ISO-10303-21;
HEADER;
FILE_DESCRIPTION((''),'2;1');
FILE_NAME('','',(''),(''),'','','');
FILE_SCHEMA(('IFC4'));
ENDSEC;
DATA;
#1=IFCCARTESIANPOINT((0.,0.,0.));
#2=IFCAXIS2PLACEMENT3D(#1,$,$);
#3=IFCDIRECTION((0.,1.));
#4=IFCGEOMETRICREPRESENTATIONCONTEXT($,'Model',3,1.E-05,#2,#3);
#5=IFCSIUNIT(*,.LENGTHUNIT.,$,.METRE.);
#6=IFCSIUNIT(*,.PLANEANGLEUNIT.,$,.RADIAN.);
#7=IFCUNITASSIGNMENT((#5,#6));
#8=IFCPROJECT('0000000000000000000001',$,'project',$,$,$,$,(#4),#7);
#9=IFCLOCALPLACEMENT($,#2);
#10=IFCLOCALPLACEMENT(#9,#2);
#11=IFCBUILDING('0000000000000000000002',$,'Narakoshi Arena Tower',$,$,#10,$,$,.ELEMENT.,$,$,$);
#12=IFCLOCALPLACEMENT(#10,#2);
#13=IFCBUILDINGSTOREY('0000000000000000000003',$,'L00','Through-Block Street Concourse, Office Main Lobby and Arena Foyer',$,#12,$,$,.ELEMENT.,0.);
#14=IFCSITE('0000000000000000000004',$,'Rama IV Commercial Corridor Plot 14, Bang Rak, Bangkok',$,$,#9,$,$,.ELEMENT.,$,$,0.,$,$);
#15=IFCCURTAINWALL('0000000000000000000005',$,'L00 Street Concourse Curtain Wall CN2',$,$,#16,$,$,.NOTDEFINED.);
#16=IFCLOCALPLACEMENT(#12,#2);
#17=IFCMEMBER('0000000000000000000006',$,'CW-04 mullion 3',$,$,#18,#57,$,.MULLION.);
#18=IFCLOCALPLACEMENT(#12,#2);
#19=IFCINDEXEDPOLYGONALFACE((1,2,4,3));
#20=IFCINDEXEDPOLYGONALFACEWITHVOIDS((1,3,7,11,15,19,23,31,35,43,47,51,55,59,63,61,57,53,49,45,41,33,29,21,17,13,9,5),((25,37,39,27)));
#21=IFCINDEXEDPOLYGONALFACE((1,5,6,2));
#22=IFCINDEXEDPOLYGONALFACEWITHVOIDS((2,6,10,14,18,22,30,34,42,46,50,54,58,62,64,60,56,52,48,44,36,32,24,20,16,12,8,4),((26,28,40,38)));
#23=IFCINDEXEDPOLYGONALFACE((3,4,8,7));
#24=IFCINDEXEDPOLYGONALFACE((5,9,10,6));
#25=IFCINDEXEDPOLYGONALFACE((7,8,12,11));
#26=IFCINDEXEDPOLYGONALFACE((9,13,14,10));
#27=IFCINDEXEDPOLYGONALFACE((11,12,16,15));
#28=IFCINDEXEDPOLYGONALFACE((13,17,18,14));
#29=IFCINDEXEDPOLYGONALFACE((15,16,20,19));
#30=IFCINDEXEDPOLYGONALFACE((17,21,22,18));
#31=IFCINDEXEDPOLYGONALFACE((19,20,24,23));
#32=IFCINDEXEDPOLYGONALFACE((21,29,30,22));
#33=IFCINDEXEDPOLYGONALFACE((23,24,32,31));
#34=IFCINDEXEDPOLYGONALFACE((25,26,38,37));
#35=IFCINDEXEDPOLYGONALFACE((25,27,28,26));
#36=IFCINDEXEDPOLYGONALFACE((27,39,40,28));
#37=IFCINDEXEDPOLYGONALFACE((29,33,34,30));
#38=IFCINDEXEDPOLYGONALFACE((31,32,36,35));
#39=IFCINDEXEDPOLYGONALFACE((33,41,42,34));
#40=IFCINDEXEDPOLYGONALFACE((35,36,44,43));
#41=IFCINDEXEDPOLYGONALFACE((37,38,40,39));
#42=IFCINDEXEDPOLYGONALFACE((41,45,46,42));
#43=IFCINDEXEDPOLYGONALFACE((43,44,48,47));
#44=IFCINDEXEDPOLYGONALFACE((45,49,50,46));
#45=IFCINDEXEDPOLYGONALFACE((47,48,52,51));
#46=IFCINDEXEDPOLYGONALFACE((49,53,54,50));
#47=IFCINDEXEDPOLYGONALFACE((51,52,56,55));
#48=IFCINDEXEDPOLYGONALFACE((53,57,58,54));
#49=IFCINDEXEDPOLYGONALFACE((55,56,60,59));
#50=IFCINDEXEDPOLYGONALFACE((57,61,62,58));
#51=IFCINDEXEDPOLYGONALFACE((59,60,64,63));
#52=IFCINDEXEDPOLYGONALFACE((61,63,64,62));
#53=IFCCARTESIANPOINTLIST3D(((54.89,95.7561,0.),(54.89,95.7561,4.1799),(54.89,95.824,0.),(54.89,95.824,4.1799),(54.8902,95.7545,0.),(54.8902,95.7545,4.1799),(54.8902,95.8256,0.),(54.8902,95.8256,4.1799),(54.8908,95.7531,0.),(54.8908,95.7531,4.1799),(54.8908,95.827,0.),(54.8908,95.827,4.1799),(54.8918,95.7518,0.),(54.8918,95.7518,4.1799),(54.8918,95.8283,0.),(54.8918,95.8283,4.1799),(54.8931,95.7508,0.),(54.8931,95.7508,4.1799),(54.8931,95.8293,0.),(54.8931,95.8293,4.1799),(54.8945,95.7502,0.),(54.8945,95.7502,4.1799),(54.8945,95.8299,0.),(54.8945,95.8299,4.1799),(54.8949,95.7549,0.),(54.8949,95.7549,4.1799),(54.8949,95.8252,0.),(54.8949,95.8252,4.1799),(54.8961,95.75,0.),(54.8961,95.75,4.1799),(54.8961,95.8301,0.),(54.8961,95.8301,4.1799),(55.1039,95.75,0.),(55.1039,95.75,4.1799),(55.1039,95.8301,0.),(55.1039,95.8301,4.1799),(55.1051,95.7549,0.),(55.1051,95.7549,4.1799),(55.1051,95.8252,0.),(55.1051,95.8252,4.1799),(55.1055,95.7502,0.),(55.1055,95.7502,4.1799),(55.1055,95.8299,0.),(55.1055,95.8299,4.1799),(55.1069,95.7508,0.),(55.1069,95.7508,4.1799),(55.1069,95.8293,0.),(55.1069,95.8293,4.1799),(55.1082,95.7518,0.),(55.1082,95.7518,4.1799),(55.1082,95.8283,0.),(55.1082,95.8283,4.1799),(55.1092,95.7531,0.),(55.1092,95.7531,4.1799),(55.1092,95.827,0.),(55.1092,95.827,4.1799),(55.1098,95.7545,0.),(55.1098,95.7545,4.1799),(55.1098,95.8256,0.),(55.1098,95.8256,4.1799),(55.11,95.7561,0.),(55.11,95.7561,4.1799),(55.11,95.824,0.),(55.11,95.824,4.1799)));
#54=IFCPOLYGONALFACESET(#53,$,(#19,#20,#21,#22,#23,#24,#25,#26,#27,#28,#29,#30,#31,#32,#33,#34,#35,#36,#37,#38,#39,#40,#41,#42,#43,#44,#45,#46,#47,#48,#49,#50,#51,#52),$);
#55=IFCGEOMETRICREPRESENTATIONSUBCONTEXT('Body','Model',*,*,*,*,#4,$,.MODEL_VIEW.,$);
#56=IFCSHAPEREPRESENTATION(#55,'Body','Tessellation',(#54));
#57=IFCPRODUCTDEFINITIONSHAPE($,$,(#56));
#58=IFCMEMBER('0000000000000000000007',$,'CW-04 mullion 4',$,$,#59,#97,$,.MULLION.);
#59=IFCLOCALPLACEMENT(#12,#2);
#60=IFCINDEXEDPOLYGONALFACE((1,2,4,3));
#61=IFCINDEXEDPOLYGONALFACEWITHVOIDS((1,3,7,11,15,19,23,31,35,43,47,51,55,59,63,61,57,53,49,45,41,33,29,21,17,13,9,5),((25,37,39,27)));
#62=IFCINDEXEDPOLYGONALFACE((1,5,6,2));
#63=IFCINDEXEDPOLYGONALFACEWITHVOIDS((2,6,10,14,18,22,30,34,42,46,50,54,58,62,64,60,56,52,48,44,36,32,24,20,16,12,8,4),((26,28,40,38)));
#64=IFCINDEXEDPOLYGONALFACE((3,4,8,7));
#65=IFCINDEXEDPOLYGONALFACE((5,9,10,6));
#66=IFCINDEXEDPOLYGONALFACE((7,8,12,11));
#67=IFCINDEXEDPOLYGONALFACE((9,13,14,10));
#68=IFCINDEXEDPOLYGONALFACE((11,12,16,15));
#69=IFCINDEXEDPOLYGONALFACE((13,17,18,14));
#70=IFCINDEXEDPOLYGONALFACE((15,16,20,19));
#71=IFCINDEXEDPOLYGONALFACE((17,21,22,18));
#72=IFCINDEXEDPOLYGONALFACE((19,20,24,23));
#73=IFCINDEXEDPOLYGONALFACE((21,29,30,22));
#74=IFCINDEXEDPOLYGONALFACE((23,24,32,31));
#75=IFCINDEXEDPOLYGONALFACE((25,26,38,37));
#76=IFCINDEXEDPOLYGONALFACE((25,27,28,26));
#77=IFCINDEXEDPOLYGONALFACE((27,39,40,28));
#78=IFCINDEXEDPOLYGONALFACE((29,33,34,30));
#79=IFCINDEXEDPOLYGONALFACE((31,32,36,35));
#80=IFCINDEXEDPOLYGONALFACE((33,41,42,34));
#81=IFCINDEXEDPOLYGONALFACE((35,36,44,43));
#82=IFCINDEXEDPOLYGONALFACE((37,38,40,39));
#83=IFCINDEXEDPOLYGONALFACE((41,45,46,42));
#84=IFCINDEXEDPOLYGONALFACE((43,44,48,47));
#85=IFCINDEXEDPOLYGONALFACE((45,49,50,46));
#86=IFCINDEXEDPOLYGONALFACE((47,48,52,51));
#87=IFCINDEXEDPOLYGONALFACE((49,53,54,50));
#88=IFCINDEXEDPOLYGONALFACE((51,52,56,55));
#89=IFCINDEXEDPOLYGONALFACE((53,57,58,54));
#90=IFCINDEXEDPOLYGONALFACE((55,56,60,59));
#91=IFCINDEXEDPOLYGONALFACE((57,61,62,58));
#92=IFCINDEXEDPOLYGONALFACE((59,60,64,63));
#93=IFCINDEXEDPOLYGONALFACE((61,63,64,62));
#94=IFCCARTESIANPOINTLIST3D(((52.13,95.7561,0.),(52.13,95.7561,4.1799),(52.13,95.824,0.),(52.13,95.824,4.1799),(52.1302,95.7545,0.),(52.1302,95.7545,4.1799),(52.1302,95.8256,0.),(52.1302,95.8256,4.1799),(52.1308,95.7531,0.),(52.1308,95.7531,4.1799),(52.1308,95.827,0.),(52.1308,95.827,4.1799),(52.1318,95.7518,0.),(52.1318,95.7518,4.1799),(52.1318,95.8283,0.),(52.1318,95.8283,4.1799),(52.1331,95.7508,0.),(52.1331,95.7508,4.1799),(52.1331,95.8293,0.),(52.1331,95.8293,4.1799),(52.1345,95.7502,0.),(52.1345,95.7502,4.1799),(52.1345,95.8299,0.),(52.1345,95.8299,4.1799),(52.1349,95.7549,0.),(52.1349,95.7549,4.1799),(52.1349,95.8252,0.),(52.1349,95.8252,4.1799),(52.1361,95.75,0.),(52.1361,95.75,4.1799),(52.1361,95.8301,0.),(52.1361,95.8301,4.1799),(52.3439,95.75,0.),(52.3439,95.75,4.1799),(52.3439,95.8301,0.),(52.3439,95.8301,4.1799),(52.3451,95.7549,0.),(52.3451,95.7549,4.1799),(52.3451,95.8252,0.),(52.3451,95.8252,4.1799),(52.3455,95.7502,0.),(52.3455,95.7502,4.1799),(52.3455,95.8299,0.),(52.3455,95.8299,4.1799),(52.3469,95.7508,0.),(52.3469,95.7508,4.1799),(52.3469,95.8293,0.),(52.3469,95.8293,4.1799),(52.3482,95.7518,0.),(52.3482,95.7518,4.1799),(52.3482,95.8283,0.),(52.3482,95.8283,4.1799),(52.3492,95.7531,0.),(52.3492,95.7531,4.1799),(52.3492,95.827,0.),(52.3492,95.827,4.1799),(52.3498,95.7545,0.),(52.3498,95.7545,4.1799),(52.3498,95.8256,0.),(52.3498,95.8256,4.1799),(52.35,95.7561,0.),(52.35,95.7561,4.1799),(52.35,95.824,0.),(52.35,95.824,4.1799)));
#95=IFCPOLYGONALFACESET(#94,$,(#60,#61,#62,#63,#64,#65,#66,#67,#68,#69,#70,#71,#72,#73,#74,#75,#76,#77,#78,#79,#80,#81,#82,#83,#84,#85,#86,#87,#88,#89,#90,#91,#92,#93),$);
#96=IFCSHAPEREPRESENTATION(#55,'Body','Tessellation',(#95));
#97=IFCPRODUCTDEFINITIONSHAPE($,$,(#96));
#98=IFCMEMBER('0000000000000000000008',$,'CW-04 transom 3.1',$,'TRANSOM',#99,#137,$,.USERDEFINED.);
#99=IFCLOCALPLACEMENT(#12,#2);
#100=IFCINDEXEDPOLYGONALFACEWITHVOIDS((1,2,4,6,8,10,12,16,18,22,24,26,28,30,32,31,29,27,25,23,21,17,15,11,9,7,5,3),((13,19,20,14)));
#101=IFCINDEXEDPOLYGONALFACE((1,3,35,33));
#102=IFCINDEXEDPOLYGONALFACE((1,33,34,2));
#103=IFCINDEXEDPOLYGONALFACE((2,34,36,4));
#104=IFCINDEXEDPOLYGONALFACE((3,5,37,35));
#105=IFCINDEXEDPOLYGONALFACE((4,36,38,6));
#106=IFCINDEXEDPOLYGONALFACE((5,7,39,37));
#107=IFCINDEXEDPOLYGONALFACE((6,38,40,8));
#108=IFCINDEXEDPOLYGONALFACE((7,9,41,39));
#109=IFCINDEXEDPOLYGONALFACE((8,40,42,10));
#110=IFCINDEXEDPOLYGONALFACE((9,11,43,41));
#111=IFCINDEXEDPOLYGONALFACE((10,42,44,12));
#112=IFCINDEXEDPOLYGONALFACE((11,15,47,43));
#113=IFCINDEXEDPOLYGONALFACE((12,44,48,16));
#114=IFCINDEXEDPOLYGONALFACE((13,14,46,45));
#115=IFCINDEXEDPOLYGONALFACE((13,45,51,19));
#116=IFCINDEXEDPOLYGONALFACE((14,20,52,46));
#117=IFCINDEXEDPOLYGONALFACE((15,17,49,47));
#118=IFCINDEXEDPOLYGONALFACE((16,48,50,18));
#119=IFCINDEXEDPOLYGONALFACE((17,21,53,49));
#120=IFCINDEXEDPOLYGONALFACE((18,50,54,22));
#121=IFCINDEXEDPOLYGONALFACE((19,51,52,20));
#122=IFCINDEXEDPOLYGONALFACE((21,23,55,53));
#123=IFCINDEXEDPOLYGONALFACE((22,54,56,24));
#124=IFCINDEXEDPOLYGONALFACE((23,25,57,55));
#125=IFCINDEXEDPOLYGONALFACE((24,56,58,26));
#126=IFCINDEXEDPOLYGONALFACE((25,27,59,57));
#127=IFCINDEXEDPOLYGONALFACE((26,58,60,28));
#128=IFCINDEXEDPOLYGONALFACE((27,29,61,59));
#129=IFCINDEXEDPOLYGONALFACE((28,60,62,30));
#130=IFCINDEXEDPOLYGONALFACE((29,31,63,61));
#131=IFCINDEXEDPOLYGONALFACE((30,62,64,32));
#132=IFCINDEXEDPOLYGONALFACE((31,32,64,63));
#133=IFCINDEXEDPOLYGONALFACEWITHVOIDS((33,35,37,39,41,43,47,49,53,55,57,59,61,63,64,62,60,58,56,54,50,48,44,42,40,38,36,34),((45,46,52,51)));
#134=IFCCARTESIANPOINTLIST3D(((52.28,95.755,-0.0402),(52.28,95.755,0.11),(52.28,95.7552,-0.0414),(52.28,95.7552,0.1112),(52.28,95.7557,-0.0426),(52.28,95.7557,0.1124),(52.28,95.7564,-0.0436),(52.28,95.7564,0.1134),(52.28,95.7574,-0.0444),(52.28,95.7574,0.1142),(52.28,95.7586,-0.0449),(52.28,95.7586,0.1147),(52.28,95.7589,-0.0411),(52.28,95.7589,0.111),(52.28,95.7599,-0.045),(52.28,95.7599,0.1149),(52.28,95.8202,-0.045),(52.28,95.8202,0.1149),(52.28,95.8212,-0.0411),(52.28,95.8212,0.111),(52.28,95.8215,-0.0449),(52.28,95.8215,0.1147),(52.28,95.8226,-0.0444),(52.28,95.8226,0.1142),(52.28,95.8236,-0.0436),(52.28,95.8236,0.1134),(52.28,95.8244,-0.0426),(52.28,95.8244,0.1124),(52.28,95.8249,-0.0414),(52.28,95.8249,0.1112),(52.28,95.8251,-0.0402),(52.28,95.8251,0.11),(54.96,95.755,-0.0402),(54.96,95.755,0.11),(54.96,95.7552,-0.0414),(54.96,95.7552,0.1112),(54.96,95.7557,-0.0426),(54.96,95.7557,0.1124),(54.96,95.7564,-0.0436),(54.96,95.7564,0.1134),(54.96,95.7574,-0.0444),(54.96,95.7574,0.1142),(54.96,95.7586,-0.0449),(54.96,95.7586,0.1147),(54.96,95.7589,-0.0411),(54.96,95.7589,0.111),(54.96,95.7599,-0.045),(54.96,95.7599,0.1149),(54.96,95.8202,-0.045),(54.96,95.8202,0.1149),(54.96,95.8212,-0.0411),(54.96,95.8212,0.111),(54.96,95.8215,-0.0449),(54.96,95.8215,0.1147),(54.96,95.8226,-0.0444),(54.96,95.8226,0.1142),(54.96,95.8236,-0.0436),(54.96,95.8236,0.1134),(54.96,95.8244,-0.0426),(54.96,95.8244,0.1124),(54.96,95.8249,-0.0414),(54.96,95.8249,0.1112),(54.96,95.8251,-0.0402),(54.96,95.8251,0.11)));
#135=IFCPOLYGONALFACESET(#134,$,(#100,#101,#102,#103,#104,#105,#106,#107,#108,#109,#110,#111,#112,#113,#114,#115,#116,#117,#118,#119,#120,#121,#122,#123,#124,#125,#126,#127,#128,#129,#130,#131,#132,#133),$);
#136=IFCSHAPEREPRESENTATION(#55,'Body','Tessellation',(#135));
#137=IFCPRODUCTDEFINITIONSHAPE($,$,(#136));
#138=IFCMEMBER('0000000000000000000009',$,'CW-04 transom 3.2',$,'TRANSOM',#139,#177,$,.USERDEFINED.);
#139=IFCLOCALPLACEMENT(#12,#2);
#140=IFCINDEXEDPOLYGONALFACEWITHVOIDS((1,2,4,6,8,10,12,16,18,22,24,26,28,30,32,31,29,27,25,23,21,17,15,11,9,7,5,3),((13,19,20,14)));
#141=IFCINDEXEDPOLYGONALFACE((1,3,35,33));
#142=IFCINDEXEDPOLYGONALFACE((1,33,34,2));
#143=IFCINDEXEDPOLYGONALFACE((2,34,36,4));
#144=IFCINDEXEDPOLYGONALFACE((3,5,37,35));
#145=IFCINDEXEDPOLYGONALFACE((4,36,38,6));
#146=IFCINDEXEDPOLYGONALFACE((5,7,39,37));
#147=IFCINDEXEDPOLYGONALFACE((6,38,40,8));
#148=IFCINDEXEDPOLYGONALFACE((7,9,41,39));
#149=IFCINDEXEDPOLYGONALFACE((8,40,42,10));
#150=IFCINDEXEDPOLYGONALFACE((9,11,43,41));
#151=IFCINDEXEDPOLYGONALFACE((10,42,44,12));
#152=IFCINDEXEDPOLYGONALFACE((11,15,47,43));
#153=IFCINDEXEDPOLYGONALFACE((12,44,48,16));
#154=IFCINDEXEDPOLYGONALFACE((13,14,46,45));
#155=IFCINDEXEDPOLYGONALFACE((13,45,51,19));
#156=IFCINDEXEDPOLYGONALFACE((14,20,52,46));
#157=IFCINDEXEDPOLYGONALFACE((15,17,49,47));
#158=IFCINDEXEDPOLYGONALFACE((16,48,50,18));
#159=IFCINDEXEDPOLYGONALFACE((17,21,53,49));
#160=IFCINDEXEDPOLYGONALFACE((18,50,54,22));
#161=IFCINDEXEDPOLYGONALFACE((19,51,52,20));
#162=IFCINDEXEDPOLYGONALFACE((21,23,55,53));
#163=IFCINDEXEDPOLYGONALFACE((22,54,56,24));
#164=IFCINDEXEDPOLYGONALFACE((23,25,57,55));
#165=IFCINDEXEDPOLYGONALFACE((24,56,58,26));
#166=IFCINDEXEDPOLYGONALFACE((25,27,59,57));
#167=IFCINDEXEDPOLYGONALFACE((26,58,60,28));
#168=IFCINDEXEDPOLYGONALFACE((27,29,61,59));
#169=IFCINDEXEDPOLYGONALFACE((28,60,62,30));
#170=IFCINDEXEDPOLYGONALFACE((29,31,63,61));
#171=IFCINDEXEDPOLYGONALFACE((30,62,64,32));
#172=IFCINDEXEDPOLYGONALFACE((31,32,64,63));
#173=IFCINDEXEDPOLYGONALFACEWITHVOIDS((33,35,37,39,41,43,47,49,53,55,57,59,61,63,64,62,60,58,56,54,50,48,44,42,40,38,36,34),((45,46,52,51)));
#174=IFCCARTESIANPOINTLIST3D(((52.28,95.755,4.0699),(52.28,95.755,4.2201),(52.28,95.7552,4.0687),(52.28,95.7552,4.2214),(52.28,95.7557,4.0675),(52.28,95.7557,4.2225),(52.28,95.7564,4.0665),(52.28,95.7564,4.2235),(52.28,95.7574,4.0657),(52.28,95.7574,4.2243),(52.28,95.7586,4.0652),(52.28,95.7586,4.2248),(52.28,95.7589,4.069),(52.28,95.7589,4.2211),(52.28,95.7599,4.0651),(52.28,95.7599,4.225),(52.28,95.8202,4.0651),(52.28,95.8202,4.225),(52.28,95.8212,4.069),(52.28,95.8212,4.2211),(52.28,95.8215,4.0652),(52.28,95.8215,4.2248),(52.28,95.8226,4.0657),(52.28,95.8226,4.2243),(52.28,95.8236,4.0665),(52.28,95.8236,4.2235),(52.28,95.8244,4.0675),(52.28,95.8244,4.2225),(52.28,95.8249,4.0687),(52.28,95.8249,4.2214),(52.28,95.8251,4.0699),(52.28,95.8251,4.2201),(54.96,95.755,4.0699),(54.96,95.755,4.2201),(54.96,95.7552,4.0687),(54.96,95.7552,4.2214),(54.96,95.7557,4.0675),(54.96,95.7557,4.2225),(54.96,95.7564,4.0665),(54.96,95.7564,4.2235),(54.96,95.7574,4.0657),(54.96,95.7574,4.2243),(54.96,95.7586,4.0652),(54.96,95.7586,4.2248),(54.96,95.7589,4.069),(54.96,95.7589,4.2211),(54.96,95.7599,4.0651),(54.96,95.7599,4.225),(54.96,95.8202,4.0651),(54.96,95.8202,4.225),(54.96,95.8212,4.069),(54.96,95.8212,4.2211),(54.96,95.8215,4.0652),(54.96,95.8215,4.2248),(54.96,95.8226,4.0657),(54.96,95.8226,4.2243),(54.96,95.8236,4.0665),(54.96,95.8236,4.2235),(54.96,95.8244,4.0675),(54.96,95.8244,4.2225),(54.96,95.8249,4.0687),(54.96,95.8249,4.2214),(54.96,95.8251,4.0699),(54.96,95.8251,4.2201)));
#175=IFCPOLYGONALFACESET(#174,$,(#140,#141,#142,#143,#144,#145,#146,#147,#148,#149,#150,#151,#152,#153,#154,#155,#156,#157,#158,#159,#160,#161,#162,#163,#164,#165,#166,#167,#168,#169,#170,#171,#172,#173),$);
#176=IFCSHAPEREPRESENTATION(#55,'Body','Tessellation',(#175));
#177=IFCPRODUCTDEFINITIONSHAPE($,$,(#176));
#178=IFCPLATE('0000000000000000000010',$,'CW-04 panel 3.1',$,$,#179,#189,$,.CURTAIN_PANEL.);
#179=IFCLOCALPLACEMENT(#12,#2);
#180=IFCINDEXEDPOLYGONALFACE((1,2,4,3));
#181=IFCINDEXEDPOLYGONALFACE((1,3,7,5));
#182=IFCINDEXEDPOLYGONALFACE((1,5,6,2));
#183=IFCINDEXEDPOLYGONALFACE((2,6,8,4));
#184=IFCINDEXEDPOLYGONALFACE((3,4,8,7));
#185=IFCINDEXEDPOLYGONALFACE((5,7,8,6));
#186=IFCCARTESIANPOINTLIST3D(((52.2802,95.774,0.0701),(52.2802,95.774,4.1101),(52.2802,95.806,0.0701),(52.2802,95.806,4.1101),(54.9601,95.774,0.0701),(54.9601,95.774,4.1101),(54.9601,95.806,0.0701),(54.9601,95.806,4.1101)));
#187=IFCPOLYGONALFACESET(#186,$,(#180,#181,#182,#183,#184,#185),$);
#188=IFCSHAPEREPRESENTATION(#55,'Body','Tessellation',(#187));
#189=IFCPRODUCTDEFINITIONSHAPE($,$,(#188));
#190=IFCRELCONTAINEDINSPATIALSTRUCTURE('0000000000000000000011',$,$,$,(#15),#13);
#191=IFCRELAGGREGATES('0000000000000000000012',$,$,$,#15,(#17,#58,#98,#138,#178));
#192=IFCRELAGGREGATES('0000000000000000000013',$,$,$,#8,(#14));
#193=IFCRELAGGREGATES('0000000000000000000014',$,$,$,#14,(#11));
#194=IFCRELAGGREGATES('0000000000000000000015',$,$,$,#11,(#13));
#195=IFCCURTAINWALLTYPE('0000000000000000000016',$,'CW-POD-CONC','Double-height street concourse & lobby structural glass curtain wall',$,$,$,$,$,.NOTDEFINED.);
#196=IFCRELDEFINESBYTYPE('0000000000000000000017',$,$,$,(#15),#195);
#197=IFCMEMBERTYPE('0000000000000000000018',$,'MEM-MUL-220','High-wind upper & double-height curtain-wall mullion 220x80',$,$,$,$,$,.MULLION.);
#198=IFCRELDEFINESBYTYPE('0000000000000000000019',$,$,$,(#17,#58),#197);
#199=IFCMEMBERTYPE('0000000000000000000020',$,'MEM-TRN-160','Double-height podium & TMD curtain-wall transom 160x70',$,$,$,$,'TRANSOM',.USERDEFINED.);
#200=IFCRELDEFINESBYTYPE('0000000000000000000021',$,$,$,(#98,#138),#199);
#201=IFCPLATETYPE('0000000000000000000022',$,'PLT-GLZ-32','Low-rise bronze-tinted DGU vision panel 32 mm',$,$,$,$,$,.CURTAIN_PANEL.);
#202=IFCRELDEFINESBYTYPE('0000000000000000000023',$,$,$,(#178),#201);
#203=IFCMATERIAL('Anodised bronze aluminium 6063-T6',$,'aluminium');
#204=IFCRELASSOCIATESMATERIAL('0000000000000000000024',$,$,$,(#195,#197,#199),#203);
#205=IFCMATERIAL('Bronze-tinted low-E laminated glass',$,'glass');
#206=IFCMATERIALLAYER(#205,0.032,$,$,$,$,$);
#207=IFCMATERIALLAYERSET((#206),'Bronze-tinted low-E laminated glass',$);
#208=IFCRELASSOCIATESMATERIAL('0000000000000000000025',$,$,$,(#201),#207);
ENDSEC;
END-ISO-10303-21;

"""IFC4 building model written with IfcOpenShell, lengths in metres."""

from ifc_helpers import new_model, si_unit, direction, frame, origin, origin_2d, place, context, subcontext, project, spatial, rectangle, hollow_rectangle, extrude, material, layer, layer_set, material_profile, profile_set, type_object, element, aggregate, save


model = new_model("IFC4")

# Units and contexts
model_context = context("Model", 3, precision=1e-05, world=origin(), true_north=direction((0.0, 1.0)))
body_context = subcontext(model_context, "Body", "Model", "MODEL_VIEW")
ifc_project = project(units=[si_unit("LENGTHUNIT", "METRE"), si_unit("PLANEANGLEUNIT", "RADIAN")], contexts=[model_context])

# Site, building, storey
site_placement = place(None, origin())
site = spatial("IfcSite", under=ifc_project, at=site_placement, Name="Rama IV Commercial Corridor Plot 14, Bang Rak, Bangkok", CompositionType="ELEMENT", RefElevation=0.0)
building_placement = place(site_placement, origin())
building = spatial("IfcBuilding", under=site, at=building_placement, Name="Narakoshi Arena Tower", CompositionType="ELEMENT")
storey_placement = place(building_placement, origin())
storey = spatial("IfcBuildingStorey", under=building, at=storey_placement, Name="L00", Description="Through-Block Street Concourse, Office Main Lobby and Arena Foyer", CompositionType="ELEMENT", Elevation=0.0)

# Curtain wall, members, plate
ifc_material_1 = material(Name="Anodised bronze aluminium 6063-T6", Category="aluminium")
curtain_wall_type = type_object("IfcCurtainWallType", Name="CW-POD-CONC", Description="Double-height street concourse & lobby structural glass curtain wall", PredefinedType="NOTDEFINED", material=ifc_material_1)
curtain_wall_placement = place(storey_placement, origin())
curtain_wall = element("IfcCurtainWall", 1, at=curtain_wall_placement, inside=storey, type_object=curtain_wall_type, Name="L00 Street Concourse Curtain Wall CN2", PredefinedType="NOTDEFINED")
ifc_material_profile_1 = material_profile(ifc_material_1, hollow_rectangle(XDim=0.0801, YDim=0.22, WallThickness=0.0049, OuterFilletRadius=0.0061, at=origin_2d()), Name="MUL220x80x5")
ifc_profile_set_1 = profile_set([ifc_material_profile_1], Name="Anodised bronze aluminium 6063-T6")
member_type_1 = type_object("IfcMemberType", Name="MEM-MUL-220", Description="High-wind upper & double-height curtain-wall mullion 220x80", PredefinedType="MULLION", material=ifc_profile_set_1)
member_1_placement = place(storey_placement, frame((55.0, 95.79, 0.0), z_axis=(0.0, 0.0, 1.0), x_axis=(0.0, -1.0, 0.0)))
member_1 = element("IfcMember", 2, at=member_1_placement, type_object=member_type_1, Name="CW-04 mullion 3", PredefinedType="MULLION", context=body_context, shape_type="SweptSolid", body=[
    extrude(hollow_rectangle(XDim=0.0801, YDim=0.22, WallThickness=0.0049, OuterFilletRadius=0.0061, at=origin_2d()), origin(), (0.0, 0.0, 1.0), 4.1799),
])
member_2_placement = place(storey_placement, frame((52.24, 95.79, 0.0), z_axis=(0.0, 0.0, 1.0), x_axis=(0.0, -1.0, 0.0)))
member_2 = element("IfcMember", 3, at=member_2_placement, type_object=member_type_1, Name="CW-04 mullion 4", PredefinedType="MULLION", context=body_context, shape_type="SweptSolid", body=[
    extrude(hollow_rectangle(XDim=0.0801, YDim=0.22, WallThickness=0.0049, OuterFilletRadius=0.0061, at=origin_2d()), origin(), (0.0, 0.0, 1.0), 4.1799),
])
ifc_material_profile_2 = material_profile(ifc_material_1, hollow_rectangle(XDim=0.0701, YDim=0.1599, WallThickness=0.0039, OuterFilletRadius=0.0049, at=origin_2d()), Name="TRN160x70x4")
ifc_profile_set_2 = profile_set([ifc_material_profile_2], Name="Anodised bronze aluminium 6063-T6")
member_type_2 = type_object("IfcMemberType", Name="MEM-TRN-160", Description="Double-height podium & TMD curtain-wall transom 160x70", ElementType="TRANSOM", PredefinedType="USERDEFINED", material=ifc_profile_set_2)
member_3_placement = place(storey_placement, frame((54.96, 95.79, 0.0349), z_axis=(-1.0, 0.0, 0.0), x_axis=(0.0, -1.0, 0.0)))
member_3 = element("IfcMember", 4, at=member_3_placement, type_object=member_type_2, Name="CW-04 transom 3.1", ObjectType="TRANSOM", PredefinedType="USERDEFINED", context=body_context, shape_type="SweptSolid", body=[
    extrude(hollow_rectangle(XDim=0.0701, YDim=0.1599, WallThickness=0.0039, OuterFilletRadius=0.0049, at=origin_2d()), origin(), (0.0, 0.0, 1.0), 2.6799),
])
member_4_placement = place(storey_placement, frame((54.96, 95.79, 4.145), z_axis=(-1.0, 0.0, 0.0), x_axis=(0.0, -1.0, 0.0)))
member_4 = element("IfcMember", 5, at=member_4_placement, type_object=member_type_2, Name="CW-04 transom 3.2", ObjectType="TRANSOM", PredefinedType="USERDEFINED", context=body_context, shape_type="SweptSolid", body=[
    extrude(hollow_rectangle(XDim=0.0701, YDim=0.1599, WallThickness=0.0039, OuterFilletRadius=0.0049, at=origin_2d()), origin(), (0.0, 0.0, 1.0), 2.6799),
])
ifc_material_2 = material(Name="Bronze-tinted low-E laminated glass", Category="glass")
ifc_layer_1 = layer(ifc_material_2, 0.032)
ifc_layer_set_1 = layer_set([ifc_layer_1], Name="Bronze-tinted low-E laminated glass")
plate_type = type_object("IfcPlateType", Name="PLT-GLZ-32", Description="Low-rise bronze-tinted DGU vision panel 32 mm", PredefinedType="CURTAIN_PANEL", material=ifc_layer_set_1)
plate_placement = place(storey_placement, frame((53.6201, 95.79, 0.0701), z_axis=(0.0, 0.0, 1.0), x_axis=(-1.0, 0.0, 0.0)))
plate = element("IfcPlate", 6, at=plate_placement, type_object=plate_type, Name="CW-04 panel 3.1", PredefinedType="CURTAIN_PANEL", context=body_context, shape_type="SweptSolid", body=[
    extrude(rectangle(XDim=2.6799, YDim=0.032, at=origin_2d()), origin(), (0.0, 0.0, 1.0), 4.04),
])
aggregate(curtain_wall, [member_1, member_2, member_3, member_4, plate])

save(model, "model.ifc")
